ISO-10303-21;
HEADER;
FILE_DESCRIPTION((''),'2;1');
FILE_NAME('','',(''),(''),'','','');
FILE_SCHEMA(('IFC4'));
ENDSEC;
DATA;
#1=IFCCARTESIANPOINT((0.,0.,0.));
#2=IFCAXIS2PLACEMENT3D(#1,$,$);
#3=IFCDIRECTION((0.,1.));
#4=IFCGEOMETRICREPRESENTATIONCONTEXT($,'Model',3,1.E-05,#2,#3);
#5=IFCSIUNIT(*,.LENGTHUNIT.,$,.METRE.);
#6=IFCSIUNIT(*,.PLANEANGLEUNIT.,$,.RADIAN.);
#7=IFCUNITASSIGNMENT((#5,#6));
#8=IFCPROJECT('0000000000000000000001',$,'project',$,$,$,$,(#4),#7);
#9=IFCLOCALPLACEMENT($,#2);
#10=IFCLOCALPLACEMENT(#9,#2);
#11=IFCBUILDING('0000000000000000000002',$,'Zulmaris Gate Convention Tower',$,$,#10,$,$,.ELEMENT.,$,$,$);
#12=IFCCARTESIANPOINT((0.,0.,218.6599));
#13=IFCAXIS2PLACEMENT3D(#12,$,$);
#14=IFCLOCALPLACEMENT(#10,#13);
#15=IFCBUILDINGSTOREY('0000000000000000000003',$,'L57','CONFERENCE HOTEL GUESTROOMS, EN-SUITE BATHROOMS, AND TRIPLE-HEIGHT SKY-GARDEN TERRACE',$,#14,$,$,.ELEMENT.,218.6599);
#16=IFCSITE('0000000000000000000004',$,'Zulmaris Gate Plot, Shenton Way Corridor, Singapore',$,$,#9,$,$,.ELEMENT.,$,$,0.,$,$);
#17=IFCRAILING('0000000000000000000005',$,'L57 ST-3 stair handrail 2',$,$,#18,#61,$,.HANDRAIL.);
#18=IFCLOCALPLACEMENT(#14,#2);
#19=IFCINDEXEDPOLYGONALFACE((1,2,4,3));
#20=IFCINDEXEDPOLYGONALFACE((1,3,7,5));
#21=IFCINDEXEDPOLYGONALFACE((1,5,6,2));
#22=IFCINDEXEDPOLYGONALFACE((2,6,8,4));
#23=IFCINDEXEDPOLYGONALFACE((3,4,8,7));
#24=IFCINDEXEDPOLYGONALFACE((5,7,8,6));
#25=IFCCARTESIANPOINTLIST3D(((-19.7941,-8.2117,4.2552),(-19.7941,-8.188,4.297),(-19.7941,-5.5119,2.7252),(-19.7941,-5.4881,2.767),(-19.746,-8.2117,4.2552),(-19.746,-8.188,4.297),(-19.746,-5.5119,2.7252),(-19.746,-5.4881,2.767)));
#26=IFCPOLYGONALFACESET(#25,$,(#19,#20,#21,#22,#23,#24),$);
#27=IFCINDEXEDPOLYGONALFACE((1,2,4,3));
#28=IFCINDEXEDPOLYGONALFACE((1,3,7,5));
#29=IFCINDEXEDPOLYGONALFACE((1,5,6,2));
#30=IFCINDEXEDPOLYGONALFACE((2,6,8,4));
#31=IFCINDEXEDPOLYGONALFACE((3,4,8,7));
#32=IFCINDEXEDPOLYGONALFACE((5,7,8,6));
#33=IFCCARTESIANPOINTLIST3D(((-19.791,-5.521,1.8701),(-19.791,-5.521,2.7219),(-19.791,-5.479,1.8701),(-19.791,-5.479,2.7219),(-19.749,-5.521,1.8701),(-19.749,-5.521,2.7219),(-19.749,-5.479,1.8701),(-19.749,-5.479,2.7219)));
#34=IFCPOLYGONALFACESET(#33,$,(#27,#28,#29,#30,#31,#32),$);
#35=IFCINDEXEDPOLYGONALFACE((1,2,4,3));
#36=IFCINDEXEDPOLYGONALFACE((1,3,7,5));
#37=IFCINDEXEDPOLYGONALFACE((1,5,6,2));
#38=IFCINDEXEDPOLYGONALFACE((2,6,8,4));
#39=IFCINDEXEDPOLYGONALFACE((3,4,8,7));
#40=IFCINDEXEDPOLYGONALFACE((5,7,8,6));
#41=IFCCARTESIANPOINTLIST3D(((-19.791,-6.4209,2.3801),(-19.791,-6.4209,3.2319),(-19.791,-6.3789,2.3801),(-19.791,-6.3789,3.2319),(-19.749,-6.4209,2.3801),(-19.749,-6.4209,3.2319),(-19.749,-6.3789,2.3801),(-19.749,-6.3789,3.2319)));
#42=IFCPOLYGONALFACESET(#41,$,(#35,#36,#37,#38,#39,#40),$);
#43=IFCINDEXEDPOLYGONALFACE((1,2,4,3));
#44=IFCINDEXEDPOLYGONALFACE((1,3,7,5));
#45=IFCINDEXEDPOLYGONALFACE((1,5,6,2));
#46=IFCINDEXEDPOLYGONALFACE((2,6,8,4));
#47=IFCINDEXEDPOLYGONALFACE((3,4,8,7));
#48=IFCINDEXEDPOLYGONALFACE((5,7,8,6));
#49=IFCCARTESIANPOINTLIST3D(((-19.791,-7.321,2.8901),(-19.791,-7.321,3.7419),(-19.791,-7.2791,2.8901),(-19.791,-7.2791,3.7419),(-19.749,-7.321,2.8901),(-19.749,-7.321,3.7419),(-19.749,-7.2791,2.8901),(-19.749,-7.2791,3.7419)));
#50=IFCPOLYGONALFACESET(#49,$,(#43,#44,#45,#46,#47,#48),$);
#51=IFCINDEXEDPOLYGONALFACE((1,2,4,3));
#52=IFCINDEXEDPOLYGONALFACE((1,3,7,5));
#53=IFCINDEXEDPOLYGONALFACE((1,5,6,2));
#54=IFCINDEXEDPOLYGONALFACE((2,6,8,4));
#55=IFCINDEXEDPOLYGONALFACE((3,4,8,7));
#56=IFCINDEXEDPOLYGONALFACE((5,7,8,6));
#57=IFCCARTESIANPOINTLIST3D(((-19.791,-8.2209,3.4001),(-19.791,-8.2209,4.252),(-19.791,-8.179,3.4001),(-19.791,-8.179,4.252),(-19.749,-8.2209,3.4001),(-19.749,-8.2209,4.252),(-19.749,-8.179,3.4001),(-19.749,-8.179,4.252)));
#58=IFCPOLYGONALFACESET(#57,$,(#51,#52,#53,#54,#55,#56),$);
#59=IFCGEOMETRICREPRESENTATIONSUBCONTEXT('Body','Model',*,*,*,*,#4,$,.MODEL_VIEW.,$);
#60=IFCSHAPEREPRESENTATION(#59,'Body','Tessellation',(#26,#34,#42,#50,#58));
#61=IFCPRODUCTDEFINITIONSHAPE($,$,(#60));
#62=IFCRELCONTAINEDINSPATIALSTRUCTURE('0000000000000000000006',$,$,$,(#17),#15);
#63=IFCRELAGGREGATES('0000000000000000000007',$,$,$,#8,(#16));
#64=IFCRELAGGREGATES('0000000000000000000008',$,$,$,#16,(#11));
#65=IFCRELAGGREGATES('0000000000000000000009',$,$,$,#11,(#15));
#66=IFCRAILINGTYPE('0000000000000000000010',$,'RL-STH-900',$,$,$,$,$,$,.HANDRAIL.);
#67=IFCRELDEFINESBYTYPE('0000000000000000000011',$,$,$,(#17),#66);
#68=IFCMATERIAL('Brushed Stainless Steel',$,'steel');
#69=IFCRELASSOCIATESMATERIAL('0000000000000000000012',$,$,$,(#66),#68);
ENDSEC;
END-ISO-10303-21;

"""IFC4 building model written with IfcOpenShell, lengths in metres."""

from ifc_helpers import new_model, si_unit, direction, frame, origin, origin_2d, place, context, subcontext, project, spatial, rectangle, extrude, material, type_object, element, save


model = new_model("IFC4")

# Units and contexts
model_context = context("Model", 3, precision=1e-05, world=origin(), true_north=direction((0.0, 1.0)))
body_context = subcontext(model_context, "Body", "Model", "MODEL_VIEW")
ifc_project = project(units=[si_unit("LENGTHUNIT", "METRE"), si_unit("PLANEANGLEUNIT", "RADIAN")], contexts=[model_context])

# Site, building, storey
site_placement = place(None, origin())
site = spatial("IfcSite", under=ifc_project, at=site_placement, Name="Zulmaris Gate Plot, Shenton Way Corridor, Singapore", CompositionType="ELEMENT", RefElevation=0.0)
building_placement = place(site_placement, origin())
building = spatial("IfcBuilding", under=site, at=building_placement, Name="Zulmaris Gate Convention Tower", CompositionType="ELEMENT")
storey_placement = place(building_placement, frame((0.0, 0.0, 218.6599)))
storey = spatial("IfcBuildingStorey", under=building, at=storey_placement, Name="L57", Description="CONFERENCE HOTEL GUESTROOMS, EN-SUITE BATHROOMS, AND TRIPLE-HEIGHT SKY-GARDEN TERRACE", CompositionType="ELEMENT", Elevation=218.6599)

# Railing
ifc_material_1 = material(Name="Brushed Stainless Steel", Category="steel")
railing_type_1 = type_object("IfcRailingType", Name="RL-STH-900", PredefinedType="HANDRAIL", material=ifc_material_1)
railing_1_placement = place(storey_placement, frame((-19.77, -5.5, 1.8701)))
element("IfcRailing", 1, at=railing_1_placement, inside=storey, type_object=railing_type_1, Name="L57 ST-3 stair handrail 2", PredefinedType="HANDRAIL", context=body_context, shape_type="SweptSolid", body=[
    extrude(rectangle(XDim=0.0481, YDim=0.0481, at=origin_2d()), frame((0.0, 0.0, 0.876), z_axis=(0.0, -0.870014, 0.493026), x_axis=(1.0, 0.0, 0.0)), (0.0, 0.0, 1.0), 3.1033),
    extrude(rectangle(XDim=0.042, YDim=0.042, at=origin_2d()), origin(), (0.0, 0.0, 1.0), 0.8518),
    extrude(rectangle(XDim=0.042, YDim=0.042, at=origin_2d()), frame((0.0, -0.8999, 0.51)), (0.0, 0.0, 1.0), 0.8518),
    extrude(rectangle(XDim=0.042, YDim=0.042, at=origin_2d()), frame((0.0, -1.8, 1.02)), (0.0, 0.0, 1.0), 0.8518),
    extrude(rectangle(XDim=0.042, YDim=0.042, at=origin_2d()), frame((0.0, -2.7, 1.53)), (0.0, 0.0, 1.0), 0.8518),
])

save(model, "model.ifc")
